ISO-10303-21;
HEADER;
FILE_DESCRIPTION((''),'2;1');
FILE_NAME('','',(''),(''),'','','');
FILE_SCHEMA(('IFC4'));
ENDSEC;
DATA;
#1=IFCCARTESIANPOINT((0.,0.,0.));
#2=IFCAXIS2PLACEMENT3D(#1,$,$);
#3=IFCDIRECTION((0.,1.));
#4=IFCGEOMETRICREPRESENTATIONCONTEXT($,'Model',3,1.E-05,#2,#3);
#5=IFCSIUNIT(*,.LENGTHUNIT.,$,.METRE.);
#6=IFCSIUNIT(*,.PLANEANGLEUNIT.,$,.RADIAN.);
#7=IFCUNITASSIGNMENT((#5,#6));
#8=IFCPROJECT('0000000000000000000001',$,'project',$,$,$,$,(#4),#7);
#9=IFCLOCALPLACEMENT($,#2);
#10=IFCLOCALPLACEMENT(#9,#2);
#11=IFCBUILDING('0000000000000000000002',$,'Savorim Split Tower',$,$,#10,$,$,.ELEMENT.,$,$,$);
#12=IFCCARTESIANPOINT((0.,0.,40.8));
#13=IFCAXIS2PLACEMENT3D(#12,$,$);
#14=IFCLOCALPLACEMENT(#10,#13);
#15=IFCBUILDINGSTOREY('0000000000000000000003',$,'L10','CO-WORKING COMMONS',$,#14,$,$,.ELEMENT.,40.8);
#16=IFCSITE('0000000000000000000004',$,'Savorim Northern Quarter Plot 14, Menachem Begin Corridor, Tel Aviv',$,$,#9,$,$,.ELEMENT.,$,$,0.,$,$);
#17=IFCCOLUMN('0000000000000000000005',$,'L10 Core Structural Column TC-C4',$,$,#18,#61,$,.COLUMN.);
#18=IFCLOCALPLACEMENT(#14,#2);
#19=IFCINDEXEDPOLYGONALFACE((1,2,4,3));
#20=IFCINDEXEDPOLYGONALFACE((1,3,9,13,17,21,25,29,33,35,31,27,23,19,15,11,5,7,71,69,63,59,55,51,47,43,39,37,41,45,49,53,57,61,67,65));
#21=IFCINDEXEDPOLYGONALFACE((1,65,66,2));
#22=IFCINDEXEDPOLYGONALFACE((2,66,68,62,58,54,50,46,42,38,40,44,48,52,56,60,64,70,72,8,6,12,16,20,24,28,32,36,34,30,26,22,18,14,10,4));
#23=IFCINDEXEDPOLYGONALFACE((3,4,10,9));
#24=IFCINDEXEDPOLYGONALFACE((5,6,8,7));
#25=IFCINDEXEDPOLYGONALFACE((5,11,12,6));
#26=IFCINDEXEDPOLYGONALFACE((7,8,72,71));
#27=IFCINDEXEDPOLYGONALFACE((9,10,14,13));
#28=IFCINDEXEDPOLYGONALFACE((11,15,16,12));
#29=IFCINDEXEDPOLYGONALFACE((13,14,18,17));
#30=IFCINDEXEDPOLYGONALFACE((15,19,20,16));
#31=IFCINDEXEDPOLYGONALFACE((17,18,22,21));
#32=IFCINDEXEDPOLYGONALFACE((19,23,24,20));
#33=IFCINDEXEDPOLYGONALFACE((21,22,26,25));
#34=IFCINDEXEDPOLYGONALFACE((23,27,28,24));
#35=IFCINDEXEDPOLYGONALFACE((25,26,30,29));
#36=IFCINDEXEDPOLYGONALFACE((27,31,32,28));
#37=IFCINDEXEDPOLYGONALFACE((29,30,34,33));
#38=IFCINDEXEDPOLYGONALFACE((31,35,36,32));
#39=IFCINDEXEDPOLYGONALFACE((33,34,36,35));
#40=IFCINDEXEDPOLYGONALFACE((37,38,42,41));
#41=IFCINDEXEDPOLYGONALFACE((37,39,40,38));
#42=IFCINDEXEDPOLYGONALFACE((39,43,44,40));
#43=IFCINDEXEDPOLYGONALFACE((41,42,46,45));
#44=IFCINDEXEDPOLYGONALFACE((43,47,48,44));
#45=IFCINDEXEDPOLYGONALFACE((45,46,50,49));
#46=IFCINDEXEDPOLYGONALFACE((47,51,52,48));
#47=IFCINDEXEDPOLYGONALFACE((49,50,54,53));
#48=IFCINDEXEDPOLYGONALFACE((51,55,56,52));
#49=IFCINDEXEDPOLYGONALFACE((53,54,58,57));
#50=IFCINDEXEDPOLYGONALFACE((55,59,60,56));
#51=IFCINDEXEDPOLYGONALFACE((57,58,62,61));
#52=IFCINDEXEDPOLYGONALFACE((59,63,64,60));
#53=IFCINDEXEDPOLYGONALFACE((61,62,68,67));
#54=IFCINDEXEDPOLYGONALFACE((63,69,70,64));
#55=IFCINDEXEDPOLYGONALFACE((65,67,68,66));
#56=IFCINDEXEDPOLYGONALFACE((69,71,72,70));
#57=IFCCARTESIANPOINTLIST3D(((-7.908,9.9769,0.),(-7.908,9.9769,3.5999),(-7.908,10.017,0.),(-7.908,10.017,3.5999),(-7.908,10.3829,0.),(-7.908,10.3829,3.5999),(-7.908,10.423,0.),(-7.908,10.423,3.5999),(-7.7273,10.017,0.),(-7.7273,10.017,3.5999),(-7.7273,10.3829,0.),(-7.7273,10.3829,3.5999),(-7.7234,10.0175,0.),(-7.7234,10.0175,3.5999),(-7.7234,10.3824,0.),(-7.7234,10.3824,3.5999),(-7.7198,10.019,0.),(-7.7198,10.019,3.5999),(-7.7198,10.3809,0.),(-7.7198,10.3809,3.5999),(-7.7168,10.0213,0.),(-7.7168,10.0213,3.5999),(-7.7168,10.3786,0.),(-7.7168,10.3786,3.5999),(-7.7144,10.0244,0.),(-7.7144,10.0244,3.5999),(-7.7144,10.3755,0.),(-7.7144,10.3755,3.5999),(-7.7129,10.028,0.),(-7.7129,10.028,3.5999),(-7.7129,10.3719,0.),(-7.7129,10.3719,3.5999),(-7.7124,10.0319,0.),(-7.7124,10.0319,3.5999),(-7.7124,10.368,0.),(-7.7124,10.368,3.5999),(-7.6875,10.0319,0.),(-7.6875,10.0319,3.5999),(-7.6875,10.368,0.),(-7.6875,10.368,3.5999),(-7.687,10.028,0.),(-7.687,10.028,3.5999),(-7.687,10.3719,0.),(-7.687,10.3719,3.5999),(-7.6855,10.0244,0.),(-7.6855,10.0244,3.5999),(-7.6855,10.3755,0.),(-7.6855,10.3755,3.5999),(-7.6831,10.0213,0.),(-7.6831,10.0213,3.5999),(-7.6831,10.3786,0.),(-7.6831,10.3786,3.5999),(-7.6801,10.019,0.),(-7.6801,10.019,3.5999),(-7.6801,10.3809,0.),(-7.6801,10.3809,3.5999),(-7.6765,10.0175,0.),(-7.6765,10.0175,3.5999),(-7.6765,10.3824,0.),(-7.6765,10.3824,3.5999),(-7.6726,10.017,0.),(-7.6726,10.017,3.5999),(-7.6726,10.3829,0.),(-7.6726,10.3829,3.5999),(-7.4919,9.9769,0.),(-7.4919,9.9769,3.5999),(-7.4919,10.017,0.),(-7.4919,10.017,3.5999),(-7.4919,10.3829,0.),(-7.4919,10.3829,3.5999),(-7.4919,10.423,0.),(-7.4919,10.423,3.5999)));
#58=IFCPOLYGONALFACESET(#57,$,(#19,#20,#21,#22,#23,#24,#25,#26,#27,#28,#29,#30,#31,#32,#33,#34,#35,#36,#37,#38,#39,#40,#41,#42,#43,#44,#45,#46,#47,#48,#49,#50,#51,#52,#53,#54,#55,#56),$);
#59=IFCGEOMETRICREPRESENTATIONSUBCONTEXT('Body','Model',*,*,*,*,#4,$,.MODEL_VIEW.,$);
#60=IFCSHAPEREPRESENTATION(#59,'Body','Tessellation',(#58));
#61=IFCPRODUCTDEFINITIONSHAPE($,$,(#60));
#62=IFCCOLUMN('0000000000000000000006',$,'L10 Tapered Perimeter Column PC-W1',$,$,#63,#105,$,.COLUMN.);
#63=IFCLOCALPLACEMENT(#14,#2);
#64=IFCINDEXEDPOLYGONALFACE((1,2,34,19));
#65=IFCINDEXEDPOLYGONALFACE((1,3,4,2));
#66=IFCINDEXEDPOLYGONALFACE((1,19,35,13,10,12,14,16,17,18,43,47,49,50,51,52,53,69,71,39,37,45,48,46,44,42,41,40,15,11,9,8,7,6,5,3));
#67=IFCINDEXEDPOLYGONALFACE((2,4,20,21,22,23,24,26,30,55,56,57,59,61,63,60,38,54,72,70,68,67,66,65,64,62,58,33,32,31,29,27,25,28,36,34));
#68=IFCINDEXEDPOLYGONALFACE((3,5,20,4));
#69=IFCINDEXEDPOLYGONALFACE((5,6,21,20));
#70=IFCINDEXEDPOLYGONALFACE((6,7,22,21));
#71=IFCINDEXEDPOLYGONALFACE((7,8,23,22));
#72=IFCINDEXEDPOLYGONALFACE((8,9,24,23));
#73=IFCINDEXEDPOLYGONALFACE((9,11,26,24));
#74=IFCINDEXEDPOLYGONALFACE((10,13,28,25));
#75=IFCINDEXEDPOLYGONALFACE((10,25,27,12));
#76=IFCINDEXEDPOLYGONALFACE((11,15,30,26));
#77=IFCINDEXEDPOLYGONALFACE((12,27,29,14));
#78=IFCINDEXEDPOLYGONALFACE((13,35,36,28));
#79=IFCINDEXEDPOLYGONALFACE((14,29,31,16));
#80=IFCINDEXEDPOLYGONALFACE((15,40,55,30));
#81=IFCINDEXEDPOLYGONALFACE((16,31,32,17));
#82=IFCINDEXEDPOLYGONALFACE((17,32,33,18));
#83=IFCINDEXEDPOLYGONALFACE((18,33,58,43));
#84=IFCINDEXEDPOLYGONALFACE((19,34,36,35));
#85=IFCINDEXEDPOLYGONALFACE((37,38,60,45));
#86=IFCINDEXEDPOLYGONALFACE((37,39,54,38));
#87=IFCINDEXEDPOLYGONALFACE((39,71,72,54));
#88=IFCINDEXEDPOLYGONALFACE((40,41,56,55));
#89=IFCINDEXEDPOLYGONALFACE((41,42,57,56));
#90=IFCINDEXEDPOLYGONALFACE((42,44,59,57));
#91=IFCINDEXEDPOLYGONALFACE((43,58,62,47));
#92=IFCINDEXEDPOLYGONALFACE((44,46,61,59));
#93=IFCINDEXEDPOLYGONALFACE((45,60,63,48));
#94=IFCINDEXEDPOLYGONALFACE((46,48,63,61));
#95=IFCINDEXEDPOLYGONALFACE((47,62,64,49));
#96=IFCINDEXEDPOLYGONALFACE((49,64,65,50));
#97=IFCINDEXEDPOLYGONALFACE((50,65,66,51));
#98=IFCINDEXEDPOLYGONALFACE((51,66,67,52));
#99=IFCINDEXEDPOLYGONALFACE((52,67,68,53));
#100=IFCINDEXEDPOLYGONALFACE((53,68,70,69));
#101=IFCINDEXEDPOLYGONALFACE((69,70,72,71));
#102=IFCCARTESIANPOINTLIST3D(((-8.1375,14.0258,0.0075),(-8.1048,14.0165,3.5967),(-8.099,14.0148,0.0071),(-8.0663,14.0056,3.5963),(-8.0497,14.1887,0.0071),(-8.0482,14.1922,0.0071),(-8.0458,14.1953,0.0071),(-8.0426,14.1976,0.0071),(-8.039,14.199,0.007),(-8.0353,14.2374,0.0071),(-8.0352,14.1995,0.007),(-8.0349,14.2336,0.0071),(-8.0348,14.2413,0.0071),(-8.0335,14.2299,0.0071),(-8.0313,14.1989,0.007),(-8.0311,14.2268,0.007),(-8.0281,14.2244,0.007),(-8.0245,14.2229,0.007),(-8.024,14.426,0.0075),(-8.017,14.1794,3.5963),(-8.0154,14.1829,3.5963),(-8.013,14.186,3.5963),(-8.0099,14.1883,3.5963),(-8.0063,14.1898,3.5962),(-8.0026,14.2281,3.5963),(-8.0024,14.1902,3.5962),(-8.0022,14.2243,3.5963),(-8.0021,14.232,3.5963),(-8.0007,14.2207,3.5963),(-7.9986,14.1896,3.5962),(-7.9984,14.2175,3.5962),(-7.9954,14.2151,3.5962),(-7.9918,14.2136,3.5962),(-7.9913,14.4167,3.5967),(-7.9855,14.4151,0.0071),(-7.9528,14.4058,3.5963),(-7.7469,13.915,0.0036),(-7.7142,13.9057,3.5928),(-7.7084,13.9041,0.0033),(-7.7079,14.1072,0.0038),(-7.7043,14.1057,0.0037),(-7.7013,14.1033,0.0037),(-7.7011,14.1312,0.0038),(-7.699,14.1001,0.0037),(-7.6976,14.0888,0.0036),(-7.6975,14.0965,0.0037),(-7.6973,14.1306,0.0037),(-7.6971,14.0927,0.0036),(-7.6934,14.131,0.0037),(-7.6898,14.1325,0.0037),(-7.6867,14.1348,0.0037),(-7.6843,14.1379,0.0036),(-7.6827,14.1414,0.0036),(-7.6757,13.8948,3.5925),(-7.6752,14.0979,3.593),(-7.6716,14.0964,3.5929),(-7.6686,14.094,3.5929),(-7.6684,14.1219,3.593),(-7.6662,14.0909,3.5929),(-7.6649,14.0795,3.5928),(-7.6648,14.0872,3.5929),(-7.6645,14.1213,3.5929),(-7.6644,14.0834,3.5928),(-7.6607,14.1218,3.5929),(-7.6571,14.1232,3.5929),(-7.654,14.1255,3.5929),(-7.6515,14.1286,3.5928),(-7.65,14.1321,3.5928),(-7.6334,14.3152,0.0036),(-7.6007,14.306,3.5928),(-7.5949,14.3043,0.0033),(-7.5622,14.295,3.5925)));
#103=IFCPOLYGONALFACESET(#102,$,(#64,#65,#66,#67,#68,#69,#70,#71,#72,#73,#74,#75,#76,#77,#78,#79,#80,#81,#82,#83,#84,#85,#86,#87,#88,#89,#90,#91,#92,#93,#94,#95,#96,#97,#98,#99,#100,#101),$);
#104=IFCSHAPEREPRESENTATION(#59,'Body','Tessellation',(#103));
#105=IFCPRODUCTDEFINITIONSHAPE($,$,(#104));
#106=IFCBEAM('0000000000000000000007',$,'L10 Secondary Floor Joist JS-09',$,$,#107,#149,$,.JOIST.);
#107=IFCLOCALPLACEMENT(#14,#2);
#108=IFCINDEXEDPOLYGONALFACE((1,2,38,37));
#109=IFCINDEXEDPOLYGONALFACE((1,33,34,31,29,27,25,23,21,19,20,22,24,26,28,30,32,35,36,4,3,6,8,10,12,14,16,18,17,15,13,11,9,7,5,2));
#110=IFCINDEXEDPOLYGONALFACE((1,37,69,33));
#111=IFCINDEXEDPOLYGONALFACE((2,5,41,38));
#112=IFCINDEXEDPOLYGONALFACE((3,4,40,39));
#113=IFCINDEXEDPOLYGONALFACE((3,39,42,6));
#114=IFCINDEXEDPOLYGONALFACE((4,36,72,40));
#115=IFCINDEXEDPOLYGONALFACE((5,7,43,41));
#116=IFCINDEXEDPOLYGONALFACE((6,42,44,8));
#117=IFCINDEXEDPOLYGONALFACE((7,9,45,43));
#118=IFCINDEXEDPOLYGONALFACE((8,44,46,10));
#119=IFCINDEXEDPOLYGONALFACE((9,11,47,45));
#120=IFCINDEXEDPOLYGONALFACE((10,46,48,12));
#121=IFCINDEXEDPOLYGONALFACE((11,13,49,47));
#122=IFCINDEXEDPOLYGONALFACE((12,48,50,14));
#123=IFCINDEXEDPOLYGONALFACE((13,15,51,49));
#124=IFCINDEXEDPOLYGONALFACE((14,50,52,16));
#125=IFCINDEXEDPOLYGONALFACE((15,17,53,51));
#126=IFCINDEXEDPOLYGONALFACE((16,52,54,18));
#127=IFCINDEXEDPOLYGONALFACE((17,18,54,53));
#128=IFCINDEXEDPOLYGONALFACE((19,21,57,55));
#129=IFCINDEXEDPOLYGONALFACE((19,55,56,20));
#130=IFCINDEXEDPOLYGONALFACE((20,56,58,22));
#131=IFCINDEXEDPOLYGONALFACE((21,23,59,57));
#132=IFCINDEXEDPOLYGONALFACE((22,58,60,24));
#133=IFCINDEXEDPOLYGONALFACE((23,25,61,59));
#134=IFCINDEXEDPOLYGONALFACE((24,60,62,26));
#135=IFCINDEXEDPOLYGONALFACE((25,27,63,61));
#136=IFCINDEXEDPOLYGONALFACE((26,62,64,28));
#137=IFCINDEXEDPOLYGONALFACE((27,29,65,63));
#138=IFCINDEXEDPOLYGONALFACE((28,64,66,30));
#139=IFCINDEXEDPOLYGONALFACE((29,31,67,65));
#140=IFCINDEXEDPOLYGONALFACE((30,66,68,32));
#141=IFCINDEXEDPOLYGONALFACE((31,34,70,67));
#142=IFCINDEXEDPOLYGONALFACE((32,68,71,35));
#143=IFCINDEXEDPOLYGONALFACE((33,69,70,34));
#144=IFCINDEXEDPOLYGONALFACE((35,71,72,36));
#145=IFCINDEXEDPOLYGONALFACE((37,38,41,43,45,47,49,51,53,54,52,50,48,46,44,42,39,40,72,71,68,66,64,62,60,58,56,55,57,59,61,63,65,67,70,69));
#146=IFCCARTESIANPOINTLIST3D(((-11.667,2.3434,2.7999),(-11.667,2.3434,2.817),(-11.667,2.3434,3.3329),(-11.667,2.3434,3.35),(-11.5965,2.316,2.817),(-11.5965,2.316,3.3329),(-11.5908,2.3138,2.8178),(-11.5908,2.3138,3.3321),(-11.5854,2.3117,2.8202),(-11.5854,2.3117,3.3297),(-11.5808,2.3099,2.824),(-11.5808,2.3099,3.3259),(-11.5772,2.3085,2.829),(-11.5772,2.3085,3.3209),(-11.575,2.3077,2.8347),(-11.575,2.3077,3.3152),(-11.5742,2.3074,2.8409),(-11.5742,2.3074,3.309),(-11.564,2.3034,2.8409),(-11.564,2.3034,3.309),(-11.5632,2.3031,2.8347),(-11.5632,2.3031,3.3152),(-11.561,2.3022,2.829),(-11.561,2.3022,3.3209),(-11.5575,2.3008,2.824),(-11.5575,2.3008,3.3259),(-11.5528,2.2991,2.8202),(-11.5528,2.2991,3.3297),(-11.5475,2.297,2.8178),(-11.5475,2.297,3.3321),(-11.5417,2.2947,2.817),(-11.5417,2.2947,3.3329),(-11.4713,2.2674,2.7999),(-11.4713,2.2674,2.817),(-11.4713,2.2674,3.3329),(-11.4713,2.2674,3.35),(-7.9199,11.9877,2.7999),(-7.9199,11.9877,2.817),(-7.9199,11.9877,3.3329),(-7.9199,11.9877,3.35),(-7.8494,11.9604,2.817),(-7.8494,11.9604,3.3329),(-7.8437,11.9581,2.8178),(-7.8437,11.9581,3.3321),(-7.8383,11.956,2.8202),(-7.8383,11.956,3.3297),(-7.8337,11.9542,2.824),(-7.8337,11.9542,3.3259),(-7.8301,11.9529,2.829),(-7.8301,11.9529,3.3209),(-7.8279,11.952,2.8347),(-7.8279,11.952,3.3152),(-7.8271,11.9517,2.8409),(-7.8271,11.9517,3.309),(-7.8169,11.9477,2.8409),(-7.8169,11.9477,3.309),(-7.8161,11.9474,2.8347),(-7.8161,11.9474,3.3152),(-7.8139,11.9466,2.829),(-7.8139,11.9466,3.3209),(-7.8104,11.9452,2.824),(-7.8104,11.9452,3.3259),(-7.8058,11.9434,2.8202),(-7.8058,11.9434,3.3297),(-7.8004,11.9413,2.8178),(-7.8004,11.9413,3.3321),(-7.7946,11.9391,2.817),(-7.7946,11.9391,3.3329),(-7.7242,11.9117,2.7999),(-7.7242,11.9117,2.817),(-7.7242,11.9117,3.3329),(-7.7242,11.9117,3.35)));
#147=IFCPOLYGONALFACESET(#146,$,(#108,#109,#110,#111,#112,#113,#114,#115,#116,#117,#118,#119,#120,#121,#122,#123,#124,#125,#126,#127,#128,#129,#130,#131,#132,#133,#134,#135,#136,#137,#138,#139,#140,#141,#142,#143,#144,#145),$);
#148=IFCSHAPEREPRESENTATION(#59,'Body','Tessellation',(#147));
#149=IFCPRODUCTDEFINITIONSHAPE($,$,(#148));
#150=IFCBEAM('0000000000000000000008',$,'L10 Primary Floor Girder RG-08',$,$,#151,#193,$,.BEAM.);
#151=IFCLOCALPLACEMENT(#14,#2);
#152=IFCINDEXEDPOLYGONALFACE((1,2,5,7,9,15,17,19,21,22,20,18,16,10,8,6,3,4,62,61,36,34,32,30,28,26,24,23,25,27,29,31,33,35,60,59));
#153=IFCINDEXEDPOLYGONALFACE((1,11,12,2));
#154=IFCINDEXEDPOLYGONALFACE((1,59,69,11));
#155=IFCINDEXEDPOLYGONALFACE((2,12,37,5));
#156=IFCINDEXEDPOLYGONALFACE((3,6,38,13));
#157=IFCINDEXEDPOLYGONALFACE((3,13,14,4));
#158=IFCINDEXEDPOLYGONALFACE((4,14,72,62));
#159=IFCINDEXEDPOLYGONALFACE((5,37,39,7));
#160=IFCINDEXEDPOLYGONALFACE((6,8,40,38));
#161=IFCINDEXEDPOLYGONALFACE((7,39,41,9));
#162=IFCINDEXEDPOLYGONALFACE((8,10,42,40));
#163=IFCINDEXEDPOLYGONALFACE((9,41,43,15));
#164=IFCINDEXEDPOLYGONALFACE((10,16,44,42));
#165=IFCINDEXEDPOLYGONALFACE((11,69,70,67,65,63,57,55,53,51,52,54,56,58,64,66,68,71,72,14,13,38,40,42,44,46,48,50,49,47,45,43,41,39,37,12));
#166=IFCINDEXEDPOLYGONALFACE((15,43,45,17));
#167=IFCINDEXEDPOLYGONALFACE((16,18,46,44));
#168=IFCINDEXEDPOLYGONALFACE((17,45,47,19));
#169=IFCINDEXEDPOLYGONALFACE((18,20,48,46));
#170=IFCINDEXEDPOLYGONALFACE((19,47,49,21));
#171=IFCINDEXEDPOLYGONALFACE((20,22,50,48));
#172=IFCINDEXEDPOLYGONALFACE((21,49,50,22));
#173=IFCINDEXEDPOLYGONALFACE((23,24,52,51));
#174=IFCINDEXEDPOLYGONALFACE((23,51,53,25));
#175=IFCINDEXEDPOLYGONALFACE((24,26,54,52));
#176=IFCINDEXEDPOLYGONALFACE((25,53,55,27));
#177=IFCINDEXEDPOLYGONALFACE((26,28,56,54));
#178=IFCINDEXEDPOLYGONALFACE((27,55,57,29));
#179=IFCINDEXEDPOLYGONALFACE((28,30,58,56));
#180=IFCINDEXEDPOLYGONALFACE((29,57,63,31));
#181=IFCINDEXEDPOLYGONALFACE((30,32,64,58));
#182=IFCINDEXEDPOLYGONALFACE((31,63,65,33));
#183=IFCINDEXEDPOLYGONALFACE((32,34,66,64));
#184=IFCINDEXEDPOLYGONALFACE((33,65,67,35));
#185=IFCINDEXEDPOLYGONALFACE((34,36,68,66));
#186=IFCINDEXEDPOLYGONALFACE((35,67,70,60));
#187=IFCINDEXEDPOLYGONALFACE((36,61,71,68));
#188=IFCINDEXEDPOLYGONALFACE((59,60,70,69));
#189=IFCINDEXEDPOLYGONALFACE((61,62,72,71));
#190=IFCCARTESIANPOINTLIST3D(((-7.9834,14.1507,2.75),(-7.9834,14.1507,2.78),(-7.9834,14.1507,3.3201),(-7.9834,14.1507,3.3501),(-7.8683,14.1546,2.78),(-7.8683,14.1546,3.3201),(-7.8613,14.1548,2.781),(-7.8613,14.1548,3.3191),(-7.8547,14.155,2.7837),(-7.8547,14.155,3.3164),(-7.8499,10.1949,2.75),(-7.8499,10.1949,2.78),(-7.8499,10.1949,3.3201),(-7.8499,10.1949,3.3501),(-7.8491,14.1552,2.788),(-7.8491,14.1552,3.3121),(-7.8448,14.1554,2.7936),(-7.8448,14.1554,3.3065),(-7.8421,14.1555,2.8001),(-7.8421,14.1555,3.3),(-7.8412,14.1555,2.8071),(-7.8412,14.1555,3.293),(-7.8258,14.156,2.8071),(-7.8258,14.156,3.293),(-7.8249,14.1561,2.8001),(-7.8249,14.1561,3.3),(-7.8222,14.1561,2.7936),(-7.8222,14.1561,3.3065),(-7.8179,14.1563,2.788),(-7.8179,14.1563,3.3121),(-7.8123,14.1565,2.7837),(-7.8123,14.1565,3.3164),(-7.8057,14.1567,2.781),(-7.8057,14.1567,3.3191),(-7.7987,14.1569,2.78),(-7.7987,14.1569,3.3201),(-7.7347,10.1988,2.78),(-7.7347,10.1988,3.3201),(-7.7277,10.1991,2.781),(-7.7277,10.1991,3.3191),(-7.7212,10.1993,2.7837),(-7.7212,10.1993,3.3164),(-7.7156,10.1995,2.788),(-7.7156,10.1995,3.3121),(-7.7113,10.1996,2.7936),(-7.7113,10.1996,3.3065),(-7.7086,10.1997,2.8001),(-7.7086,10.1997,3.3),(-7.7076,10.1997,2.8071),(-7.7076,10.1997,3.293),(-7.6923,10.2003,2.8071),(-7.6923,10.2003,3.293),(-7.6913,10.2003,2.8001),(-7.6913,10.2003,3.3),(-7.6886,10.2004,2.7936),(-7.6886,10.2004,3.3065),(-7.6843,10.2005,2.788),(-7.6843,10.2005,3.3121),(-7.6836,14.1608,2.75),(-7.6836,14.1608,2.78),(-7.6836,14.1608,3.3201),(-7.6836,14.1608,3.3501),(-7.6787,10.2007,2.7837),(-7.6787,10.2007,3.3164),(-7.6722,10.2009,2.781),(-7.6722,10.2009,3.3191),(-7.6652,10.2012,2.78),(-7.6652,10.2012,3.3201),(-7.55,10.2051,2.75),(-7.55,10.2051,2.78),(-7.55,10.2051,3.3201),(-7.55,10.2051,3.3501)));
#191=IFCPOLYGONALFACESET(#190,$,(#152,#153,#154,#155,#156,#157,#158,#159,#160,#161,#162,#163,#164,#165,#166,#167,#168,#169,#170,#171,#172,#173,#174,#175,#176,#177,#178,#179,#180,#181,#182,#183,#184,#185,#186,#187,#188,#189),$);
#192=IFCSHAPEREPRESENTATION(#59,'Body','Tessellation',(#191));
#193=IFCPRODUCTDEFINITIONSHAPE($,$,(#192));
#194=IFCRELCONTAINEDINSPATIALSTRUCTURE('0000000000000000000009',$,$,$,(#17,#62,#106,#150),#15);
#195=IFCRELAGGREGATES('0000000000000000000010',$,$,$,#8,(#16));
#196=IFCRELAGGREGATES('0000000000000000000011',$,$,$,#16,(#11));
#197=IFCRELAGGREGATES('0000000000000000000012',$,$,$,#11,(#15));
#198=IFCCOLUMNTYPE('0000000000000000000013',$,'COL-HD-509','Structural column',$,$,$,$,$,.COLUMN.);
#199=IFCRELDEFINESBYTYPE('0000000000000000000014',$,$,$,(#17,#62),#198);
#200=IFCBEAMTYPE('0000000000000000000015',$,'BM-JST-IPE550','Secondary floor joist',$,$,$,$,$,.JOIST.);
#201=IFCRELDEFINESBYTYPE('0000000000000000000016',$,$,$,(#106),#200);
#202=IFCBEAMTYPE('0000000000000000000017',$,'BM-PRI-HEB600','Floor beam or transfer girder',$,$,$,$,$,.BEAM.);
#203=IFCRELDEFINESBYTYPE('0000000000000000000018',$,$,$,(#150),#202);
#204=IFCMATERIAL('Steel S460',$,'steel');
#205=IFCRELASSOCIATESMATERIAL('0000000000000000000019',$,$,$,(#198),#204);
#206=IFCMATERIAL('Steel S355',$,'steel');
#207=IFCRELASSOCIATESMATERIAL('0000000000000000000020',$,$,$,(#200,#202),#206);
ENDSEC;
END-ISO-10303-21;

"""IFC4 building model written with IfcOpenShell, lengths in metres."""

from ifc_helpers import new_model, si_unit, direction, frame, origin, origin_2d, place, context, subcontext, project, spatial, i_section, extrude, material, material_profile, profile_set, type_object, element, save


model = new_model("IFC4")

# Units and contexts
model_context = context("Model", 3, precision=1e-05, world=origin(), true_north=direction((0.0, 1.0)))
body_context = subcontext(model_context, "Body", "Model", "MODEL_VIEW")
ifc_project = project(units=[si_unit("LENGTHUNIT", "METRE"), si_unit("PLANEANGLEUNIT", "RADIAN")], contexts=[model_context])

# Site, building, storey
site_placement = place(None, origin())
site = spatial("IfcSite", under=ifc_project, at=site_placement, Name="Savorim Northern Quarter Plot 14, Menachem Begin Corridor, Tel Aviv", CompositionType="ELEMENT", RefElevation=0.0)
building_placement = place(site_placement, origin())
building = spatial("IfcBuilding", under=site, at=building_placement, Name="Savorim Split Tower", CompositionType="ELEMENT")
storey_placement = place(building_placement, frame((0.0, 0.0, 40.8)))
storey = spatial("IfcBuildingStorey", under=building, at=storey_placement, Name="L10", Description="CO-WORKING COMMONS", CompositionType="ELEMENT", Elevation=40.8)

# Columns
ifc_material_1 = material(Name="Steel S460", Category="steel")
ifc_material_profile_1 = material_profile(ifc_material_1, i_section(OverallWidth=0.416, OverallDepth=0.446, WebThickness=0.0249, FlangeThickness=0.04, FilletRadius=0.0149, at=origin_2d()), Name="HD 400x509")
ifc_profile_set_1 = profile_set([ifc_material_profile_1], Name="Steel S460")
column_type = type_object("IfcColumnType", Name="COL-HD-509", Description="Structural column", PredefinedType="COLUMN", material=ifc_profile_set_1)
column_1_placement = place(storey_placement, frame((-7.7, 10.2, 0.0), z_axis=(0.0, 0.0, 1.0), x_axis=(1.0, 0.0, 0.0)))
element("IfcColumn", 1, at=column_1_placement, inside=storey, type_object=column_type, Name="L10 Core Structural Column TC-C4", PredefinedType="COLUMN", context=body_context, shape_type="SweptSolid", body=[
    extrude(i_section(OverallWidth=0.416, OverallDepth=0.446, WebThickness=0.0249, FlangeThickness=0.04, FilletRadius=0.0149, at=origin_2d()), origin(), (0.0, 0.0, 1.0), 3.5999),
])
column_2_placement = place(storey_placement, frame((-7.8662, 14.165, 0.0054), z_axis=(0.009115, -0.002585, 0.999955), x_axis=(0.272824, 0.962064, 0.0)))
element("IfcColumn", 2, at=column_2_placement, inside=storey, type_object=column_type, Name="L10 Tapered Perimeter Column PC-W1", PredefinedType="COLUMN", context=body_context, shape_type="SweptSolid", body=[
    extrude(i_section(OverallWidth=0.416, OverallDepth=0.446, WebThickness=0.0249, FlangeThickness=0.04, FilletRadius=0.0149, at=origin_2d()), origin(), (0.0, 0.0, 1.0), 3.5894),
])

# Beams
ifc_material_2 = material(Name="Steel S355", Category="steel")
ifc_material_profile_2 = material_profile(ifc_material_2, i_section(OverallWidth=0.21, OverallDepth=0.55, WebThickness=0.011, FlangeThickness=0.0171, FilletRadius=0.0239, at=origin_2d()), Name="IPE 550")
ifc_profile_set_2 = profile_set([ifc_material_profile_2], Name="Steel S355")
beam_type_1 = type_object("IfcBeamType", Name="BM-JST-IPE550", Description="Secondary floor joist", PredefinedType="JOIST", material=ifc_profile_set_2)
beam_1_placement = place(storey_placement, frame((-7.822, 11.9497, 3.075), z_axis=(-0.362154, -0.932118, 0.0), x_axis=(0.932118, -0.362154, 0.0)))
element("IfcBeam", 3, at=beam_1_placement, inside=storey, type_object=beam_type_1, Name="L10 Secondary Floor Joist JS-09", PredefinedType="JOIST", context=body_context, shape_type="SweptSolid", body=[
    extrude(i_section(OverallWidth=0.21, OverallDepth=0.55, WebThickness=0.011, FlangeThickness=0.0171, FilletRadius=0.0239, at=origin_2d()), origin(), (0.0, 0.0, 1.0), 10.3467),
])
ifc_material_profile_3 = material_profile(ifc_material_2, i_section(OverallWidth=0.3, OverallDepth=0.6001, WebThickness=0.0154, FlangeThickness=0.03, FilletRadius=0.0271, at=origin_2d()), Name="HEB 600")
ifc_profile_set_3 = profile_set([ifc_material_profile_3], Name="Steel S355")
beam_type_2 = type_object("IfcBeamType", Name="BM-PRI-HEB600", Description="Floor beam or transfer girder", PredefinedType="BEAM", material=ifc_profile_set_3)
beam_2_placement = place(storey_placement, frame((-7.8335, 14.1558, 3.05), z_axis=(0.03374, -0.999431, 0.0), x_axis=(0.999431, 0.03374, 0.0)))
element("IfcBeam", 4, at=beam_2_placement, inside=storey, type_object=beam_type_2, Name="L10 Primary Floor Girder RG-08", PredefinedType="BEAM", context=body_context, shape_type="SweptSolid", body=[
    extrude(i_section(OverallWidth=0.3, OverallDepth=0.6001, WebThickness=0.0154, FlangeThickness=0.03, FilletRadius=0.0271, at=origin_2d()), origin(), (0.0, 0.0, 1.0), 3.958),
])

save(model, "model.ifc")
